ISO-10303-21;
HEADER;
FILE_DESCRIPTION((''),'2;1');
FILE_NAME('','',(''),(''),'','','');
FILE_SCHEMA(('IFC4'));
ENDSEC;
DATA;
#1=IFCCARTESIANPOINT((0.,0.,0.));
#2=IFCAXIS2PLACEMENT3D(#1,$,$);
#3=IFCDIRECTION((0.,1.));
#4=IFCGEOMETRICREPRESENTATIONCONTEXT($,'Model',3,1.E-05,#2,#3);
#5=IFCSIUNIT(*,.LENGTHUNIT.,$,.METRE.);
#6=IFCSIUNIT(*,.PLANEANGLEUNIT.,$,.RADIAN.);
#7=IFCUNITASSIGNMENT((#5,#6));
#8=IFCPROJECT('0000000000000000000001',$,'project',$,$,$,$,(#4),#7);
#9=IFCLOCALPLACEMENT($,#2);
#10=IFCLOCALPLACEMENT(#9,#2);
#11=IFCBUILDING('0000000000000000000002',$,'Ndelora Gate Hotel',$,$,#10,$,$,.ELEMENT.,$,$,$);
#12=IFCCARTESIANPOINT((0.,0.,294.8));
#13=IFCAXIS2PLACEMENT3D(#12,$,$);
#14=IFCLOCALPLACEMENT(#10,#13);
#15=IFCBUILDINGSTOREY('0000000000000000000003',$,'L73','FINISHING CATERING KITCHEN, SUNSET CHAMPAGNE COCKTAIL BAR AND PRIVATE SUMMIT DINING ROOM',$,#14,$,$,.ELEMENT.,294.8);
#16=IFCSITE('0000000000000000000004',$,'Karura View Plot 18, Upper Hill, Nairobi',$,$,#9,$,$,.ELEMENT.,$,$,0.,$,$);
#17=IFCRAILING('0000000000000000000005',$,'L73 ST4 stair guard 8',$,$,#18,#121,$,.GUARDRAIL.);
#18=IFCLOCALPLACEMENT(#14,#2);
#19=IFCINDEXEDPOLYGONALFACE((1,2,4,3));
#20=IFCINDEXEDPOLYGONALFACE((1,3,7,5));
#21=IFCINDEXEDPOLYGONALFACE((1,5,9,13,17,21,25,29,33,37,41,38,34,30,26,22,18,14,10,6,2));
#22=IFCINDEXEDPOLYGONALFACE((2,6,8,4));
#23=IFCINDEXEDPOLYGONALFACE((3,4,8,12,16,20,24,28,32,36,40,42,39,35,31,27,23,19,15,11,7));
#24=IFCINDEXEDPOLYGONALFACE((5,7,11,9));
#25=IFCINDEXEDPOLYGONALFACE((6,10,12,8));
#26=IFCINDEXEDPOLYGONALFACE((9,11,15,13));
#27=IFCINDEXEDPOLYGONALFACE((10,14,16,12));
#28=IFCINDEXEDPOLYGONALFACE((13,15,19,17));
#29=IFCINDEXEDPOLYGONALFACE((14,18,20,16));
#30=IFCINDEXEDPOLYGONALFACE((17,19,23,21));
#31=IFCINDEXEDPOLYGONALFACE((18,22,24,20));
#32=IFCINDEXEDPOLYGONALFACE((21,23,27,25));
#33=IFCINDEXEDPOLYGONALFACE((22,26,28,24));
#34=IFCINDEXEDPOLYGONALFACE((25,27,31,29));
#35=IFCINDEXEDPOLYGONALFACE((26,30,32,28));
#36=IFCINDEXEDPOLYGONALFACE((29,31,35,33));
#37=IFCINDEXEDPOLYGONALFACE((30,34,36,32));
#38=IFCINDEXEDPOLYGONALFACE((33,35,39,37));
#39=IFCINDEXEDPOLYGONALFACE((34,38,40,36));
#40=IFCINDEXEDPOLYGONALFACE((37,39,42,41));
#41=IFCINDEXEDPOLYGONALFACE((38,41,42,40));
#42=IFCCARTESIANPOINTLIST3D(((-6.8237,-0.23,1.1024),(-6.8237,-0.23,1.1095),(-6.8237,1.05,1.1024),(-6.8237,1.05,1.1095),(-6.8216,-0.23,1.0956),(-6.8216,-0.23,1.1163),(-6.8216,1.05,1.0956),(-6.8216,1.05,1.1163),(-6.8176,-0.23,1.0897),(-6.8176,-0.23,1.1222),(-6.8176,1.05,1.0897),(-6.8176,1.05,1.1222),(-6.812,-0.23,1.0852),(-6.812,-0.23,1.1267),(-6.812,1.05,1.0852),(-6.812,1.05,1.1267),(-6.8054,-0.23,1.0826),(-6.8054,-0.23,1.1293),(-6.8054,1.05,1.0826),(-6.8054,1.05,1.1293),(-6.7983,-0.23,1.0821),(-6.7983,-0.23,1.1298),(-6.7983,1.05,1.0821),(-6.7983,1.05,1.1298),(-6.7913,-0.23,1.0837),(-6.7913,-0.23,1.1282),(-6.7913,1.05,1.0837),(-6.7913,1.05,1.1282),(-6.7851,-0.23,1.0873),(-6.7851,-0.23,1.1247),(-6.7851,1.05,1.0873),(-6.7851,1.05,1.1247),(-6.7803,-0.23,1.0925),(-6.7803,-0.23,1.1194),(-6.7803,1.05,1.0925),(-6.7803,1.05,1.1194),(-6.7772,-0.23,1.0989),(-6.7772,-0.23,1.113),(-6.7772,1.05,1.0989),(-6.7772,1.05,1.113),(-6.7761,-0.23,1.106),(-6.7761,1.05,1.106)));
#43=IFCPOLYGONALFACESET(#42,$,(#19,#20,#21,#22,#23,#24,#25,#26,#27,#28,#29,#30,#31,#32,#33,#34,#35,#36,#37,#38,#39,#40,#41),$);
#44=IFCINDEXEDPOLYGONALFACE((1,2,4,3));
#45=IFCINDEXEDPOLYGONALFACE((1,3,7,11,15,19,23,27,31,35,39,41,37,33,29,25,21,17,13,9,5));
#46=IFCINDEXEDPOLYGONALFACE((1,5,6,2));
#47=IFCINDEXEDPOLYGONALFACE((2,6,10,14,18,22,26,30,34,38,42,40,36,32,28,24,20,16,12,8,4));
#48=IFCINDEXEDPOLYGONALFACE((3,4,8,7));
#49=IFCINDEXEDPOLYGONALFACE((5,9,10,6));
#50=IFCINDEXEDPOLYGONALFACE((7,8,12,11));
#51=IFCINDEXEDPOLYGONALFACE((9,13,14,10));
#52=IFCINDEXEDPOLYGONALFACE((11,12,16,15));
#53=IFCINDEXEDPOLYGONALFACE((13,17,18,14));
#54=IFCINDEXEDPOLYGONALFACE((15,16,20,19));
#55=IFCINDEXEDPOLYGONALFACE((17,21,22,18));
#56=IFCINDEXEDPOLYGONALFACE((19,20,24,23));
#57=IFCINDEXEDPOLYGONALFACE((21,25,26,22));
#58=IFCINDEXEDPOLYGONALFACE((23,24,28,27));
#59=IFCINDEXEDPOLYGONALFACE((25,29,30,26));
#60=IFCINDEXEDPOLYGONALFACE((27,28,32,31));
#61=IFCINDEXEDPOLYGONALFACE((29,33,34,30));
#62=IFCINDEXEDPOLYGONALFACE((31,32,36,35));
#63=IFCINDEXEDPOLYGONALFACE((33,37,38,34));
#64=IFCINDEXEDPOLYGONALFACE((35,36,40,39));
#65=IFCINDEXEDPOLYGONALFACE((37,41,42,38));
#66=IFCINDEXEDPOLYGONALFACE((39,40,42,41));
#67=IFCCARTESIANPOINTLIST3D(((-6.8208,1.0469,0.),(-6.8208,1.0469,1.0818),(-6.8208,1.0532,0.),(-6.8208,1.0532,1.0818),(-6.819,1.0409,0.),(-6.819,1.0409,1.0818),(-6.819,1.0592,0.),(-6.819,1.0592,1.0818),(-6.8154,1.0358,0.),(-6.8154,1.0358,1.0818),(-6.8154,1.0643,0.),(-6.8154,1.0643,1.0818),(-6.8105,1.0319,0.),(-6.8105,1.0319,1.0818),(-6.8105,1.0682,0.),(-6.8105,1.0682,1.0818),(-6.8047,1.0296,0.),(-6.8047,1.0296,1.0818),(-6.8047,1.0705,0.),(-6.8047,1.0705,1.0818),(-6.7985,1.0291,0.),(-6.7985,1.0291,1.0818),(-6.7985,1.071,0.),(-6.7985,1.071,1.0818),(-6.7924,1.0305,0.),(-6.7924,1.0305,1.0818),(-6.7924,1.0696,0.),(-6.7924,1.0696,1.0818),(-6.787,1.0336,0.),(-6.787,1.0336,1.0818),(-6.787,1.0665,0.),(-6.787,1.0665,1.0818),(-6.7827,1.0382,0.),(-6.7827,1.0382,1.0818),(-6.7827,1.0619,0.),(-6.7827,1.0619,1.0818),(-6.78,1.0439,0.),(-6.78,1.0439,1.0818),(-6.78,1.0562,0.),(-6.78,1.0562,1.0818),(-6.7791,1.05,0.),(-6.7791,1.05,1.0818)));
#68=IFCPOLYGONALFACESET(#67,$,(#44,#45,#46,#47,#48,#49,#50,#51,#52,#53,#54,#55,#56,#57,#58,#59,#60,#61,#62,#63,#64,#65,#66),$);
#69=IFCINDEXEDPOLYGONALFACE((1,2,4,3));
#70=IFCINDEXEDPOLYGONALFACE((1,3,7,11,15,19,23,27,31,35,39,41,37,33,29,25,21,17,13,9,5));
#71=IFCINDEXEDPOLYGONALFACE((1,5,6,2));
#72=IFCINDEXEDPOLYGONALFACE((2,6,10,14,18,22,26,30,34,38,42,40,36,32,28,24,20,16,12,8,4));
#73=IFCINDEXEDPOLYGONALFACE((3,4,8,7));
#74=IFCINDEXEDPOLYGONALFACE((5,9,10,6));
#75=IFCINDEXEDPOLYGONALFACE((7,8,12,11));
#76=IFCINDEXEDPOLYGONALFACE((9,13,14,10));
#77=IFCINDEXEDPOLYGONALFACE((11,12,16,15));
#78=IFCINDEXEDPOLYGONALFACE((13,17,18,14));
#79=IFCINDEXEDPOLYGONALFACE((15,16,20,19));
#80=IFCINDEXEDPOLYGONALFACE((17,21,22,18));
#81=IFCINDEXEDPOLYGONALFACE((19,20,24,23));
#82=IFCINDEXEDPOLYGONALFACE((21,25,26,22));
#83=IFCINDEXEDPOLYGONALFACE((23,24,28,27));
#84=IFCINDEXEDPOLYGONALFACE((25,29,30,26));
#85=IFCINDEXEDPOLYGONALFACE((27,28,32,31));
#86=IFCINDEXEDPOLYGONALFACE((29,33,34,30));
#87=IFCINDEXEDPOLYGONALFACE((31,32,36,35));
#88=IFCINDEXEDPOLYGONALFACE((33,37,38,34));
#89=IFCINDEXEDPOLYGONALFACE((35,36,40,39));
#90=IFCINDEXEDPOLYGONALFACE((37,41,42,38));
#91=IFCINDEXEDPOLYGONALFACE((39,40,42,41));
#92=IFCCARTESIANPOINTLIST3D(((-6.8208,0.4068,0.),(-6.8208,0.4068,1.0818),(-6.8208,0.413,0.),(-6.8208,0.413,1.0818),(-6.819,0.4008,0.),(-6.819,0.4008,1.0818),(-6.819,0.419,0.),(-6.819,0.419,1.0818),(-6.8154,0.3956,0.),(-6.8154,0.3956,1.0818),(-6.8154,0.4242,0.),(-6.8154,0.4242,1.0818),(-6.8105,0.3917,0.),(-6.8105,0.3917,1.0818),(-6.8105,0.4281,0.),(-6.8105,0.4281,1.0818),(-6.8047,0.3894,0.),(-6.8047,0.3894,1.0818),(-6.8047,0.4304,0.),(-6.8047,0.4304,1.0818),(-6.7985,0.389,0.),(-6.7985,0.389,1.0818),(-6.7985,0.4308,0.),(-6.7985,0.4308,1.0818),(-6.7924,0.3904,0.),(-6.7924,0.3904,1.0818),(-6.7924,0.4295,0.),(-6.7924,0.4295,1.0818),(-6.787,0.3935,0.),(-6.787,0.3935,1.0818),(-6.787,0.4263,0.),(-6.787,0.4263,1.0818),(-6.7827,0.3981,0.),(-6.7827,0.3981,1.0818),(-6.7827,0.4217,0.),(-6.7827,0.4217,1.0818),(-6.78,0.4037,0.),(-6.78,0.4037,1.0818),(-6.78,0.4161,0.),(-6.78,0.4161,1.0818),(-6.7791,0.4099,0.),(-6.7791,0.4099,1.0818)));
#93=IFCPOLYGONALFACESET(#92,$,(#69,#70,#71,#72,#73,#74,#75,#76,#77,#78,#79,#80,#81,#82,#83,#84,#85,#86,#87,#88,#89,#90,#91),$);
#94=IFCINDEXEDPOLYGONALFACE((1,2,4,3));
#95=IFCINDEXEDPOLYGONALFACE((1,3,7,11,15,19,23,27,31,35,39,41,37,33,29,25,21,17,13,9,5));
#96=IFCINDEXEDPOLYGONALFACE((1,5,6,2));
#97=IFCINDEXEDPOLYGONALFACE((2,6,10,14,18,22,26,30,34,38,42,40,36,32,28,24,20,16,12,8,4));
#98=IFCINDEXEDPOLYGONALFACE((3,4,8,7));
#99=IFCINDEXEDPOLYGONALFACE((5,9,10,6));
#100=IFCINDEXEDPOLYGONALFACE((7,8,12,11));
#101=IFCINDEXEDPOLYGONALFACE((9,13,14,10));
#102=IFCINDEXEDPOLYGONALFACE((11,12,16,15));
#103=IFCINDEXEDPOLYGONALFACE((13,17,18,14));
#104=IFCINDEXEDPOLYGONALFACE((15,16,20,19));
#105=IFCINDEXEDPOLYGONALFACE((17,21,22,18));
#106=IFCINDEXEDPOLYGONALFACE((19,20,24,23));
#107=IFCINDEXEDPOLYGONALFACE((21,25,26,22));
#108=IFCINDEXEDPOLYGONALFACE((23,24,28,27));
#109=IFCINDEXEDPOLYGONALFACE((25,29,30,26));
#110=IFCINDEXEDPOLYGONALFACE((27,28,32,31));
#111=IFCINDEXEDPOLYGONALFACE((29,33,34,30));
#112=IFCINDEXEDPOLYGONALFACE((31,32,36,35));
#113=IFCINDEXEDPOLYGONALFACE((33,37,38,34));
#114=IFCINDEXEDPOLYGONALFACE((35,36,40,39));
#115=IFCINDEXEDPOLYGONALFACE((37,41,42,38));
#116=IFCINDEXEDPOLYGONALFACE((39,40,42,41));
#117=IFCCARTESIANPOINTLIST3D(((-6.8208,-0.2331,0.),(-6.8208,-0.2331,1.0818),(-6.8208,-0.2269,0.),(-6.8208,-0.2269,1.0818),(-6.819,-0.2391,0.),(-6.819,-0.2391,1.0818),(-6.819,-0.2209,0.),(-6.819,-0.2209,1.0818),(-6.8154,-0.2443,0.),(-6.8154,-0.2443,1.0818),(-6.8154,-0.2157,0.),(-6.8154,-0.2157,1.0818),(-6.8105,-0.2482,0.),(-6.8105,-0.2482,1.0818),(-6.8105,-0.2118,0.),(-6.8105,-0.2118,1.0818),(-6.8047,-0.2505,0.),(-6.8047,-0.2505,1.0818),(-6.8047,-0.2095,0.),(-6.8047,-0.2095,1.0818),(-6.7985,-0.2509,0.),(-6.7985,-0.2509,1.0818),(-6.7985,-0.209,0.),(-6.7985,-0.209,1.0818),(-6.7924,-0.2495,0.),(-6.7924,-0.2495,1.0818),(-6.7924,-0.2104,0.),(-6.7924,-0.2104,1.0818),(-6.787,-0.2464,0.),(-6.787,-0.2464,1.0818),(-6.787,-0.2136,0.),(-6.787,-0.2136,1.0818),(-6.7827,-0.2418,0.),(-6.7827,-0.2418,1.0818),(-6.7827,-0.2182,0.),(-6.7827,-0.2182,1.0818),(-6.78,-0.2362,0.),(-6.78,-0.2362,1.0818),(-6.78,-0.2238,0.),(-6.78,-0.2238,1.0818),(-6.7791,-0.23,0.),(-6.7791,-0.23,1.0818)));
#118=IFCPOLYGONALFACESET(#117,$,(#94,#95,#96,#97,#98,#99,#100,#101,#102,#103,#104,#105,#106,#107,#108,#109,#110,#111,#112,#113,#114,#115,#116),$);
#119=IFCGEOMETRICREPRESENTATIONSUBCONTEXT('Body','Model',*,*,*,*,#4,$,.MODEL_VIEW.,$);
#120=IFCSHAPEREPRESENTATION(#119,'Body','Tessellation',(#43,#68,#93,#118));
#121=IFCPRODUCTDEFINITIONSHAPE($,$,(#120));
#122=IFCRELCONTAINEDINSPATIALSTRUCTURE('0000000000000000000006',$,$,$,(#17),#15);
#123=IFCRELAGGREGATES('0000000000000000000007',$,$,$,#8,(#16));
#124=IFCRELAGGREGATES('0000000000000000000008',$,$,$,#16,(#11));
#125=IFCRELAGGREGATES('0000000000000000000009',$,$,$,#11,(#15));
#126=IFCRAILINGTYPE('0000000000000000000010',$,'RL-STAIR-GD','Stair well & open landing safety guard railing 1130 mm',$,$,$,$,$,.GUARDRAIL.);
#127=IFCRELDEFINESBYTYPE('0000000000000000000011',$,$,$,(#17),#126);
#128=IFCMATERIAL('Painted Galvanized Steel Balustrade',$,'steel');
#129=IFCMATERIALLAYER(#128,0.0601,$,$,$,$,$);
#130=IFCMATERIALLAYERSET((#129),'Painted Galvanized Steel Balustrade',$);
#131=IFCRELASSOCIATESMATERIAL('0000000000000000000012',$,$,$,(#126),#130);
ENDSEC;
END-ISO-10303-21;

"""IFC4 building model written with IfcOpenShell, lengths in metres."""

from ifc_helpers import new_model, si_unit, direction, frame, origin, origin_2d, place, context, subcontext, project, spatial, circle, extrude, material, layer, layer_set, type_object, element, save


model = new_model("IFC4")

# Units and contexts
model_context = context("Model", 3, precision=1e-05, world=origin(), true_north=direction((0.0, 1.0)))
body_context = subcontext(model_context, "Body", "Model", "MODEL_VIEW")
ifc_project = project(units=[si_unit("LENGTHUNIT", "METRE"), si_unit("PLANEANGLEUNIT", "RADIAN")], contexts=[model_context])

# Site, building, storey
site_placement = place(None, origin())
site = spatial("IfcSite", under=ifc_project, at=site_placement, Name="Karura View Plot 18, Upper Hill, Nairobi", CompositionType="ELEMENT", RefElevation=0.0)
building_placement = place(site_placement, origin())
building = spatial("IfcBuilding", under=site, at=building_placement, Name="Ndelora Gate Hotel", CompositionType="ELEMENT")
storey_placement = place(building_placement, frame((0.0, 0.0, 294.8)))
storey = spatial("IfcBuildingStorey", under=building, at=storey_placement, Name="L73", Description="FINISHING CATERING KITCHEN, SUNSET CHAMPAGNE COCKTAIL BAR AND PRIVATE SUMMIT DINING ROOM", CompositionType="ELEMENT", Elevation=294.8)

# Railing
ifc_material_1 = material(Name="Painted Galvanized Steel Balustrade", Category="steel")
ifc_layer_1 = layer(ifc_material_1, 0.0601)
ifc_layer_set_1 = layer_set([ifc_layer_1], Name="Painted Galvanized Steel Balustrade")
railing_type = type_object("IfcRailingType", Name="RL-STAIR-GD", Description="Stair well & open landing safety guard railing 1130 mm", PredefinedType="GUARDRAIL", material=ifc_layer_set_1)
for number, where, name in (
    (1, (-6.8, 1.05, 0.0), "L73 ST4 stair guard 8"),
):
    element("IfcRailing", number, at=place(storey_placement, frame(where)), inside=storey, type_object=railing_type, Name=name, PredefinedType="GUARDRAIL", context=body_context, shape_type="SweptSolid", body=[
        extrude(circle(Radius=0.0239, at=origin_2d()), frame((0.0, 0.0, 1.106), z_axis=(0.0, -1.0, 0.0), x_axis=(1.0, 0.0, 0.0)), (0.0, 0.0, 1.0), 1.28),
        extrude(circle(Radius=0.021, at=origin_2d()), origin(), (0.0, 0.0, 1.0), 1.0818),
        extrude(circle(Radius=0.021, at=origin_2d()), frame((0.0, -0.6401, 0.0)), (0.0, 0.0, 1.0), 1.0818),
        extrude(circle(Radius=0.021, at=origin_2d()), frame((0.0, -1.28, 0.0)), (0.0, 0.0, 1.0), 1.0818),
    ])

save(model, "model.ifc")
